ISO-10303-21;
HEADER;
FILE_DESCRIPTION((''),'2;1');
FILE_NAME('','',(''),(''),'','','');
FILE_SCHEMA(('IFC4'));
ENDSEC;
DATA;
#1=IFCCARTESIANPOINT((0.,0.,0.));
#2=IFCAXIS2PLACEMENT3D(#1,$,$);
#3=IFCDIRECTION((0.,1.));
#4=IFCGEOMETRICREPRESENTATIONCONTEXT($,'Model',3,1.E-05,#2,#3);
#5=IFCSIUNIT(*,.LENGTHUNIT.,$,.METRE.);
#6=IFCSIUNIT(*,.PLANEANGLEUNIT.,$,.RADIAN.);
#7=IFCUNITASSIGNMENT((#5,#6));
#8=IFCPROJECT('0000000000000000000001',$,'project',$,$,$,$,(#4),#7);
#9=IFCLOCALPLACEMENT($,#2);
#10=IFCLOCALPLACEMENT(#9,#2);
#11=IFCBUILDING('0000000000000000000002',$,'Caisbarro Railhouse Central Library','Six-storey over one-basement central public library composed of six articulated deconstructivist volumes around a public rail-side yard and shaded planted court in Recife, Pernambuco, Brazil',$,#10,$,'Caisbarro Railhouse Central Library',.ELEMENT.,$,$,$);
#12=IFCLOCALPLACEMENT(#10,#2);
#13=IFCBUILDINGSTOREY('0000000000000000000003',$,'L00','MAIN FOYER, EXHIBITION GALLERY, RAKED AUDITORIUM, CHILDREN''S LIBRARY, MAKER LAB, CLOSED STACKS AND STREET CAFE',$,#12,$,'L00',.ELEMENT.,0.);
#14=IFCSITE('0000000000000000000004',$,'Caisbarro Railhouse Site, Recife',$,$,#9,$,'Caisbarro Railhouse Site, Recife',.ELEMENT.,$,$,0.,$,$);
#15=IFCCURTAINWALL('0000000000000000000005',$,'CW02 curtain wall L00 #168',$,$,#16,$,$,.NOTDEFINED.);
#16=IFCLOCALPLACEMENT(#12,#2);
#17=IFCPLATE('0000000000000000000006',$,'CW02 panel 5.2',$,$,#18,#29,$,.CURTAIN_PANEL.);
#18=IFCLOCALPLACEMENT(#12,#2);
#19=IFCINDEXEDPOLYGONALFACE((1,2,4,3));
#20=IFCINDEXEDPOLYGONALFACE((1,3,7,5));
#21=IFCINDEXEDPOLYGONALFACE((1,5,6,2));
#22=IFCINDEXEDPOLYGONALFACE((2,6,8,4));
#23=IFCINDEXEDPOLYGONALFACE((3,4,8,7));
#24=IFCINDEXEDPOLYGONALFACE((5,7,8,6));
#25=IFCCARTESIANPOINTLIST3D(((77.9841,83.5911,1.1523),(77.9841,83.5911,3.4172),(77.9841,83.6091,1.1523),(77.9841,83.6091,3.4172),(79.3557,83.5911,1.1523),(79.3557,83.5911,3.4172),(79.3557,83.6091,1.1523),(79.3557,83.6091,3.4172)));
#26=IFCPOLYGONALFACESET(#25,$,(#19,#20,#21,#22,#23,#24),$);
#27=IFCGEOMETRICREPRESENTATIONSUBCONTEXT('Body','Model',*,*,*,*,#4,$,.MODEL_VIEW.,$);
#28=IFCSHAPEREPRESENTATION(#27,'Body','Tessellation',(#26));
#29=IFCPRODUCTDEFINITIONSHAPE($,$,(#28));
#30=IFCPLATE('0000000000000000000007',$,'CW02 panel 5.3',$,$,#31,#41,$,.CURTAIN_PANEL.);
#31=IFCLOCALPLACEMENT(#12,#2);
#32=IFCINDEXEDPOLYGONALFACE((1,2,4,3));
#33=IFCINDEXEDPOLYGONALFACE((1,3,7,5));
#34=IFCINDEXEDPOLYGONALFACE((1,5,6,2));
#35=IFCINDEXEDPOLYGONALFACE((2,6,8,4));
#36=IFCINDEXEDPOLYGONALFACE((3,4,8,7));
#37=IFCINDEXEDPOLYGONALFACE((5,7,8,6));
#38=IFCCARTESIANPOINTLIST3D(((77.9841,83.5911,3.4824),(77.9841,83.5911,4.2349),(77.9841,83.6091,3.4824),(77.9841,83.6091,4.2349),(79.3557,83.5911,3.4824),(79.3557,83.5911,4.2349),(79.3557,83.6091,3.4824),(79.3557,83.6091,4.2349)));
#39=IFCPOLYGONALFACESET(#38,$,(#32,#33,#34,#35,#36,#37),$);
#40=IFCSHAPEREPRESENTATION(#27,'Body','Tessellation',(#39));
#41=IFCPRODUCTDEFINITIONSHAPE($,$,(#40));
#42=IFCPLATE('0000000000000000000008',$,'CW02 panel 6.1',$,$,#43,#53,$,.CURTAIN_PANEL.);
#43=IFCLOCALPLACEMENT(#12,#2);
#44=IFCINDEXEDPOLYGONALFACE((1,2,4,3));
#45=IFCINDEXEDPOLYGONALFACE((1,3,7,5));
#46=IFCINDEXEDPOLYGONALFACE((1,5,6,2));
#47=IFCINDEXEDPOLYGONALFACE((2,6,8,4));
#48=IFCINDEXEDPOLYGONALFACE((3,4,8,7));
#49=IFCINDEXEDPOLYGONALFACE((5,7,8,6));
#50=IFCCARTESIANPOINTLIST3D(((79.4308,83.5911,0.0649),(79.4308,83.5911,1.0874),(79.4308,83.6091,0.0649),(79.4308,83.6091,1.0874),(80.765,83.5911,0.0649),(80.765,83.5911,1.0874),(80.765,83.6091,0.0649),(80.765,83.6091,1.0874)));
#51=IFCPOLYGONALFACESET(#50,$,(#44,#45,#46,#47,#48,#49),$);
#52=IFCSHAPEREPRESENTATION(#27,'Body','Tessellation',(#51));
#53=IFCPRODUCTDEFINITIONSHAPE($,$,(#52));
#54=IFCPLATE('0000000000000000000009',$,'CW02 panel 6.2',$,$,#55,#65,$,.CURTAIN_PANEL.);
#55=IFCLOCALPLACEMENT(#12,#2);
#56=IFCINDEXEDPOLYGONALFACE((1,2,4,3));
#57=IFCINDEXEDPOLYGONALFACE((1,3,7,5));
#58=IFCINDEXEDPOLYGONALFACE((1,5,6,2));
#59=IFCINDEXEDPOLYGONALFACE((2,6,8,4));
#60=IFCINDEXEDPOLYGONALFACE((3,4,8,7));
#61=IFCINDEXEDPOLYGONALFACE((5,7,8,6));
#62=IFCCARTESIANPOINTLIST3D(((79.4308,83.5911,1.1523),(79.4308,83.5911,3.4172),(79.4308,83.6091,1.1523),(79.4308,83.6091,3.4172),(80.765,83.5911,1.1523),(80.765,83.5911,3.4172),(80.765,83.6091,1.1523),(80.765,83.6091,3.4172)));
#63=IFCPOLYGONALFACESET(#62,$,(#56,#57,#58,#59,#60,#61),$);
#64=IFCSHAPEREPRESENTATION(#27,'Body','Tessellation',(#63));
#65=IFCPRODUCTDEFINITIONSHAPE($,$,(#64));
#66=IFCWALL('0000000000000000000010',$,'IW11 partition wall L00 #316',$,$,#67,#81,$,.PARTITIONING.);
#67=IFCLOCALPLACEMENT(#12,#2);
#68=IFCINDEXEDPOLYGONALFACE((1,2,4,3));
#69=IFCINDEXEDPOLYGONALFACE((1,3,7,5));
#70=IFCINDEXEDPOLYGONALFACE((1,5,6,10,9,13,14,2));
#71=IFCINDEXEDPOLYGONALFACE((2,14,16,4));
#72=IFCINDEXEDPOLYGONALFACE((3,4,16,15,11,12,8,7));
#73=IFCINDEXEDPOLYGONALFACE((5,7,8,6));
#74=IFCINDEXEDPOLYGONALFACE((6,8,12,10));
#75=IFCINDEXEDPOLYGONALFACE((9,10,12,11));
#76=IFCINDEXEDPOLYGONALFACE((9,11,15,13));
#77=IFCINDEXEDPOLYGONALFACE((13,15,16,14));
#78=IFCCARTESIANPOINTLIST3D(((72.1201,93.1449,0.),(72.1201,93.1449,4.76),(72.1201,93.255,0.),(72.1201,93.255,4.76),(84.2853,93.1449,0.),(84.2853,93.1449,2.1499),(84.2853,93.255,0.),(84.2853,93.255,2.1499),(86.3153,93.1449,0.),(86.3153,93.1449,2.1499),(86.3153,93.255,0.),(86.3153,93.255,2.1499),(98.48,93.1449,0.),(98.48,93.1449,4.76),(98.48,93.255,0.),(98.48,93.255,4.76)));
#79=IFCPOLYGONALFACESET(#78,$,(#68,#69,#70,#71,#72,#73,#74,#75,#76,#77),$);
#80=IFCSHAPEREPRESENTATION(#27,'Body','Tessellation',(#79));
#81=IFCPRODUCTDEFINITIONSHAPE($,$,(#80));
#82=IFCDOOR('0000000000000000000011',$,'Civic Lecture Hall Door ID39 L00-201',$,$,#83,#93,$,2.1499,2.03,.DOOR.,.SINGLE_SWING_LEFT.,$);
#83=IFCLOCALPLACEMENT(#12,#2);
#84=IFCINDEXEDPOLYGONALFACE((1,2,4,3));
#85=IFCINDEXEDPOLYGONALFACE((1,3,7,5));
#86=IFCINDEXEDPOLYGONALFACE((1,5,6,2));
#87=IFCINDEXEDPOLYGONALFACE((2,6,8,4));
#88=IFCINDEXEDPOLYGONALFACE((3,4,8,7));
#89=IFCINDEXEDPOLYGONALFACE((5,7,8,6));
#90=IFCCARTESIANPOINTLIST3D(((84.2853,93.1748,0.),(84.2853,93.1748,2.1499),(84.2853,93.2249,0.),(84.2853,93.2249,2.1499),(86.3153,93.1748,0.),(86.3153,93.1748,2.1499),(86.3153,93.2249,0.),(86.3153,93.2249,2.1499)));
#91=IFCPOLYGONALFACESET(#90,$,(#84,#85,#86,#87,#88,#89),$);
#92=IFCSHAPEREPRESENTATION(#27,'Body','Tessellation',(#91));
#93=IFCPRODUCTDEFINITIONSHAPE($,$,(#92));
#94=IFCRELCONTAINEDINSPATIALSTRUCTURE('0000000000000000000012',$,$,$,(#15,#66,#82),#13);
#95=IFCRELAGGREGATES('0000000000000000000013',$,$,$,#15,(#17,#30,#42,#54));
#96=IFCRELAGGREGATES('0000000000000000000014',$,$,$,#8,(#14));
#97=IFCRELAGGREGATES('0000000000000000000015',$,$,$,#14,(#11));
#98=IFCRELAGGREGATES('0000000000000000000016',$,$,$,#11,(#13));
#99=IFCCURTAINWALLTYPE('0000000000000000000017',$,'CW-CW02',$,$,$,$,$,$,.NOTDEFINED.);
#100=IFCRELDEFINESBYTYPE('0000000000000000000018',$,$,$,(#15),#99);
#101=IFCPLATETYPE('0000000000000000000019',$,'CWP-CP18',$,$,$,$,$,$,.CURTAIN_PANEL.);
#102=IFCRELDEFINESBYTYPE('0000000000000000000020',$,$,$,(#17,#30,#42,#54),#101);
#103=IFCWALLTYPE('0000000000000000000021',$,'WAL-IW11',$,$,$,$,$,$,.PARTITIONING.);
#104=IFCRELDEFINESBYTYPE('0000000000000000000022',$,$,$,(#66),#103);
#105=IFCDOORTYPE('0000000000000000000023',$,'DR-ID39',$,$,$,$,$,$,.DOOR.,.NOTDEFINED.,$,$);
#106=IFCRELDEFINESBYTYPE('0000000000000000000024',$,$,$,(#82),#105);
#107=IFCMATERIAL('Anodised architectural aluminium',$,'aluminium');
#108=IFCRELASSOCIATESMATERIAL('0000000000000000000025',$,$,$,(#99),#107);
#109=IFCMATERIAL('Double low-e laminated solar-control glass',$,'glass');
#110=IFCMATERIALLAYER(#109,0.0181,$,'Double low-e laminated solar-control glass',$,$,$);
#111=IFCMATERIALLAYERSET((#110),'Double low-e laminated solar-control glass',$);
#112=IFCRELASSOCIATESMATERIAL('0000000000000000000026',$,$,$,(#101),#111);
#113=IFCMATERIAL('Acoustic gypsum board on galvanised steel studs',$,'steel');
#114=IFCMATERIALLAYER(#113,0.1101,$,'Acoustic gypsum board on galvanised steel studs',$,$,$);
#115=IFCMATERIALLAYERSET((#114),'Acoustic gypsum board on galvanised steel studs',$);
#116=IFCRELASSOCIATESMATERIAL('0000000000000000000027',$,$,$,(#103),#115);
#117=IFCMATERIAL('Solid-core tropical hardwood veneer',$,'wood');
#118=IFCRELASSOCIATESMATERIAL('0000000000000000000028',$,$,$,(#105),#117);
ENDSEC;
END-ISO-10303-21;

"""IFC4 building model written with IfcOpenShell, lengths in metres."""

from ifc_helpers import new_model, si_unit, direction, frame, frame_2d, origin, origin_2d, place, context, subcontext, project, spatial, rectangle, extrude, material, layer, layer_set, type_object, element, fill, aggregate, save


model = new_model("IFC4")

# Units and contexts
model_context = context("Model", 3, precision=1e-05, world=origin(), true_north=direction((0.0, 1.0)))
body_context = subcontext(model_context, "Body", "Model", "MODEL_VIEW")
ifc_project = project(units=[si_unit("LENGTHUNIT", "METRE"), si_unit("PLANEANGLEUNIT", "RADIAN")], contexts=[model_context])

# Site, building, storey
site_placement = place(None, origin())
site = spatial("IfcSite", under=ifc_project, at=site_placement, Name="Caisbarro Railhouse Site, Recife", LongName="Caisbarro Railhouse Site, Recife", CompositionType="ELEMENT", RefElevation=0.0)
building_placement = place(site_placement, origin())
building = spatial("IfcBuilding", under=site, at=building_placement, Name="Caisbarro Railhouse Central Library", Description="Six-storey over one-basement central public library composed of six articulated deconstructivist volumes around a public rail-side yard and shaded planted court in Recife, Pernambuco, Brazil", LongName="Caisbarro Railhouse Central Library", CompositionType="ELEMENT")
storey_placement = place(building_placement, origin())
storey = spatial("IfcBuildingStorey", under=building, at=storey_placement, Name="L00", Description="MAIN FOYER, EXHIBITION GALLERY, RAKED AUDITORIUM, CHILDREN'S LIBRARY, MAKER LAB, CLOSED STACKS AND STREET CAFE", LongName="L00", CompositionType="ELEMENT", Elevation=0.0)

# Curtain wall, plates
ifc_material_1 = material(Name="Anodised architectural aluminium", Category="aluminium")
curtain_wall_type = type_object("IfcCurtainWallType", Name="CW-CW02", PredefinedType="NOTDEFINED", material=ifc_material_1)
curtain_wall_placement = place(storey_placement, origin())
curtain_wall = element("IfcCurtainWall", 1, at=curtain_wall_placement, inside=storey, type_object=curtain_wall_type, Name="CW02 curtain wall L00 #168", PredefinedType="NOTDEFINED")
ifc_material_2 = material(Name="Double low-e laminated solar-control glass", Category="glass")
ifc_layer_1 = layer(ifc_material_2, 0.0181, Name="Double low-e laminated solar-control glass")
ifc_layer_set_1 = layer_set([ifc_layer_1], Name="Double low-e laminated solar-control glass")
plate_type = type_object("IfcPlateType", Name="CWP-CP18", PredefinedType="CURTAIN_PANEL", material=ifc_layer_set_1)
plate_1_placement = place(storey_placement, frame((78.6699, 83.6001, 1.1523), z_axis=(0.0, 0.0, 1.0), x_axis=(1.0, 0.0, 0.0)))
plate_1 = element("IfcPlate", 2, at=plate_1_placement, type_object=plate_type, Name="CW02 panel 5.2", PredefinedType="CURTAIN_PANEL", context=body_context, shape_type="SweptSolid", body=[
    extrude(rectangle(XDim=1.3716, YDim=0.0181, at=origin_2d()), origin(), (0.0, 0.0, 1.0), 2.2649),
])
plate_2_placement = place(storey_placement, frame((78.6699, 83.6001, 3.4824), z_axis=(0.0, 0.0, 1.0), x_axis=(1.0, 0.0, 0.0)))
plate_2 = element("IfcPlate", 3, at=plate_2_placement, type_object=plate_type, Name="CW02 panel 5.3", PredefinedType="CURTAIN_PANEL", context=body_context, shape_type="SweptSolid", body=[
    extrude(rectangle(XDim=1.3716, YDim=0.0181, at=origin_2d()), origin(), (0.0, 0.0, 1.0), 0.7524),
])
plate_3_placement = place(storey_placement, frame((80.0979, 83.6001, 0.0649), z_axis=(0.0, 0.0, 1.0), x_axis=(1.0, 0.0, 0.0)))
plate_3 = element("IfcPlate", 4, at=plate_3_placement, type_object=plate_type, Name="CW02 panel 6.1", PredefinedType="CURTAIN_PANEL", context=body_context, shape_type="SweptSolid", body=[
    extrude(rectangle(XDim=1.3342, YDim=0.0181, at=origin_2d()), origin(), (0.0, 0.0, 1.0), 1.0225),
])
plate_4_placement = place(storey_placement, frame((80.0979, 83.6001, 1.1523), z_axis=(0.0, 0.0, 1.0), x_axis=(1.0, 0.0, 0.0)))
plate_4 = element("IfcPlate", 5, at=plate_4_placement, type_object=plate_type, Name="CW02 panel 6.2", PredefinedType="CURTAIN_PANEL", context=body_context, shape_type="SweptSolid", body=[
    extrude(rectangle(XDim=1.3342, YDim=0.0181, at=origin_2d()), origin(), (0.0, 0.0, 1.0), 2.2649),
])
aggregate(curtain_wall, [plate_1, plate_2, plate_3, plate_4])

# Wall, opening, door
ifc_material_3 = material(Name="Acoustic gypsum board on galvanised steel studs", Category="steel")
ifc_layer_2 = layer(ifc_material_3, 0.1101, Name="Acoustic gypsum board on galvanised steel studs")
ifc_layer_set_2 = layer_set([ifc_layer_2], Name="Acoustic gypsum board on galvanised steel studs")
wall_type = type_object("IfcWallType", Name="WAL-IW11", PredefinedType="PARTITIONING", material=ifc_layer_set_2)
wall_placement = place(storey_placement, frame((72.1201, 93.2, 0.0), z_axis=(0.0, 0.0, 1.0), x_axis=(1.0, 0.0, 0.0)))
wall = element("IfcWall", 6, at=wall_placement, inside=storey, type_object=wall_type, Name="IW11 partition wall L00 #316", PredefinedType="PARTITIONING", context=body_context, shape_type="SweptSolid", body=[
    extrude(rectangle(XDim=26.3599, YDim=0.1101, at=frame_2d((13.1799, 0.0))), origin(), (0.0, 0.0, 1.0), 4.76),
])
opening_placement = place(wall_placement, frame((12.165, 0.0, 0.0)))
opening = element("IfcOpeningElement", 7, at=opening_placement, cuts=wall, PredefinedType="OPENING", context=body_context, shape_type="SweptSolid", body=[
    extrude(rectangle(XDim=2.03, YDim=2.1499, at=frame_2d((1.0151, 1.075))), frame((0.0, 0.0649, 0.0), z_axis=(0.0, -1.0, 0.0), x_axis=(1.0, 0.0, 0.0)), (0.0, 0.0, 1.0), 0.1301),
])
ifc_material_4 = material(Name="Solid-core tropical hardwood veneer", Category="wood")
door_type = type_object("IfcDoorType", Name="DR-ID39", OperationType="NOTDEFINED", PredefinedType="DOOR", material=ifc_material_4)
door_placement = place(opening_placement, origin())
door = element("IfcDoor", 8, at=door_placement, inside=storey, type_object=door_type, Name="Civic Lecture Hall Door ID39 L00-201", OperationType="SINGLE_SWING_LEFT", OverallHeight=2.1499, OverallWidth=2.03, PredefinedType="DOOR", context=body_context, shape_type="SweptSolid", body=[
    extrude(rectangle(XDim=2.03, YDim=2.1499, at=frame_2d((1.0151, 1.075))), frame((0.0, 0.0249, 0.0), z_axis=(0.0, -1.0, 0.0), x_axis=(1.0, 0.0, 0.0)), (0.0, 0.0, 1.0), 0.05),
])
fill(opening, door)

save(model, "model.ifc")
